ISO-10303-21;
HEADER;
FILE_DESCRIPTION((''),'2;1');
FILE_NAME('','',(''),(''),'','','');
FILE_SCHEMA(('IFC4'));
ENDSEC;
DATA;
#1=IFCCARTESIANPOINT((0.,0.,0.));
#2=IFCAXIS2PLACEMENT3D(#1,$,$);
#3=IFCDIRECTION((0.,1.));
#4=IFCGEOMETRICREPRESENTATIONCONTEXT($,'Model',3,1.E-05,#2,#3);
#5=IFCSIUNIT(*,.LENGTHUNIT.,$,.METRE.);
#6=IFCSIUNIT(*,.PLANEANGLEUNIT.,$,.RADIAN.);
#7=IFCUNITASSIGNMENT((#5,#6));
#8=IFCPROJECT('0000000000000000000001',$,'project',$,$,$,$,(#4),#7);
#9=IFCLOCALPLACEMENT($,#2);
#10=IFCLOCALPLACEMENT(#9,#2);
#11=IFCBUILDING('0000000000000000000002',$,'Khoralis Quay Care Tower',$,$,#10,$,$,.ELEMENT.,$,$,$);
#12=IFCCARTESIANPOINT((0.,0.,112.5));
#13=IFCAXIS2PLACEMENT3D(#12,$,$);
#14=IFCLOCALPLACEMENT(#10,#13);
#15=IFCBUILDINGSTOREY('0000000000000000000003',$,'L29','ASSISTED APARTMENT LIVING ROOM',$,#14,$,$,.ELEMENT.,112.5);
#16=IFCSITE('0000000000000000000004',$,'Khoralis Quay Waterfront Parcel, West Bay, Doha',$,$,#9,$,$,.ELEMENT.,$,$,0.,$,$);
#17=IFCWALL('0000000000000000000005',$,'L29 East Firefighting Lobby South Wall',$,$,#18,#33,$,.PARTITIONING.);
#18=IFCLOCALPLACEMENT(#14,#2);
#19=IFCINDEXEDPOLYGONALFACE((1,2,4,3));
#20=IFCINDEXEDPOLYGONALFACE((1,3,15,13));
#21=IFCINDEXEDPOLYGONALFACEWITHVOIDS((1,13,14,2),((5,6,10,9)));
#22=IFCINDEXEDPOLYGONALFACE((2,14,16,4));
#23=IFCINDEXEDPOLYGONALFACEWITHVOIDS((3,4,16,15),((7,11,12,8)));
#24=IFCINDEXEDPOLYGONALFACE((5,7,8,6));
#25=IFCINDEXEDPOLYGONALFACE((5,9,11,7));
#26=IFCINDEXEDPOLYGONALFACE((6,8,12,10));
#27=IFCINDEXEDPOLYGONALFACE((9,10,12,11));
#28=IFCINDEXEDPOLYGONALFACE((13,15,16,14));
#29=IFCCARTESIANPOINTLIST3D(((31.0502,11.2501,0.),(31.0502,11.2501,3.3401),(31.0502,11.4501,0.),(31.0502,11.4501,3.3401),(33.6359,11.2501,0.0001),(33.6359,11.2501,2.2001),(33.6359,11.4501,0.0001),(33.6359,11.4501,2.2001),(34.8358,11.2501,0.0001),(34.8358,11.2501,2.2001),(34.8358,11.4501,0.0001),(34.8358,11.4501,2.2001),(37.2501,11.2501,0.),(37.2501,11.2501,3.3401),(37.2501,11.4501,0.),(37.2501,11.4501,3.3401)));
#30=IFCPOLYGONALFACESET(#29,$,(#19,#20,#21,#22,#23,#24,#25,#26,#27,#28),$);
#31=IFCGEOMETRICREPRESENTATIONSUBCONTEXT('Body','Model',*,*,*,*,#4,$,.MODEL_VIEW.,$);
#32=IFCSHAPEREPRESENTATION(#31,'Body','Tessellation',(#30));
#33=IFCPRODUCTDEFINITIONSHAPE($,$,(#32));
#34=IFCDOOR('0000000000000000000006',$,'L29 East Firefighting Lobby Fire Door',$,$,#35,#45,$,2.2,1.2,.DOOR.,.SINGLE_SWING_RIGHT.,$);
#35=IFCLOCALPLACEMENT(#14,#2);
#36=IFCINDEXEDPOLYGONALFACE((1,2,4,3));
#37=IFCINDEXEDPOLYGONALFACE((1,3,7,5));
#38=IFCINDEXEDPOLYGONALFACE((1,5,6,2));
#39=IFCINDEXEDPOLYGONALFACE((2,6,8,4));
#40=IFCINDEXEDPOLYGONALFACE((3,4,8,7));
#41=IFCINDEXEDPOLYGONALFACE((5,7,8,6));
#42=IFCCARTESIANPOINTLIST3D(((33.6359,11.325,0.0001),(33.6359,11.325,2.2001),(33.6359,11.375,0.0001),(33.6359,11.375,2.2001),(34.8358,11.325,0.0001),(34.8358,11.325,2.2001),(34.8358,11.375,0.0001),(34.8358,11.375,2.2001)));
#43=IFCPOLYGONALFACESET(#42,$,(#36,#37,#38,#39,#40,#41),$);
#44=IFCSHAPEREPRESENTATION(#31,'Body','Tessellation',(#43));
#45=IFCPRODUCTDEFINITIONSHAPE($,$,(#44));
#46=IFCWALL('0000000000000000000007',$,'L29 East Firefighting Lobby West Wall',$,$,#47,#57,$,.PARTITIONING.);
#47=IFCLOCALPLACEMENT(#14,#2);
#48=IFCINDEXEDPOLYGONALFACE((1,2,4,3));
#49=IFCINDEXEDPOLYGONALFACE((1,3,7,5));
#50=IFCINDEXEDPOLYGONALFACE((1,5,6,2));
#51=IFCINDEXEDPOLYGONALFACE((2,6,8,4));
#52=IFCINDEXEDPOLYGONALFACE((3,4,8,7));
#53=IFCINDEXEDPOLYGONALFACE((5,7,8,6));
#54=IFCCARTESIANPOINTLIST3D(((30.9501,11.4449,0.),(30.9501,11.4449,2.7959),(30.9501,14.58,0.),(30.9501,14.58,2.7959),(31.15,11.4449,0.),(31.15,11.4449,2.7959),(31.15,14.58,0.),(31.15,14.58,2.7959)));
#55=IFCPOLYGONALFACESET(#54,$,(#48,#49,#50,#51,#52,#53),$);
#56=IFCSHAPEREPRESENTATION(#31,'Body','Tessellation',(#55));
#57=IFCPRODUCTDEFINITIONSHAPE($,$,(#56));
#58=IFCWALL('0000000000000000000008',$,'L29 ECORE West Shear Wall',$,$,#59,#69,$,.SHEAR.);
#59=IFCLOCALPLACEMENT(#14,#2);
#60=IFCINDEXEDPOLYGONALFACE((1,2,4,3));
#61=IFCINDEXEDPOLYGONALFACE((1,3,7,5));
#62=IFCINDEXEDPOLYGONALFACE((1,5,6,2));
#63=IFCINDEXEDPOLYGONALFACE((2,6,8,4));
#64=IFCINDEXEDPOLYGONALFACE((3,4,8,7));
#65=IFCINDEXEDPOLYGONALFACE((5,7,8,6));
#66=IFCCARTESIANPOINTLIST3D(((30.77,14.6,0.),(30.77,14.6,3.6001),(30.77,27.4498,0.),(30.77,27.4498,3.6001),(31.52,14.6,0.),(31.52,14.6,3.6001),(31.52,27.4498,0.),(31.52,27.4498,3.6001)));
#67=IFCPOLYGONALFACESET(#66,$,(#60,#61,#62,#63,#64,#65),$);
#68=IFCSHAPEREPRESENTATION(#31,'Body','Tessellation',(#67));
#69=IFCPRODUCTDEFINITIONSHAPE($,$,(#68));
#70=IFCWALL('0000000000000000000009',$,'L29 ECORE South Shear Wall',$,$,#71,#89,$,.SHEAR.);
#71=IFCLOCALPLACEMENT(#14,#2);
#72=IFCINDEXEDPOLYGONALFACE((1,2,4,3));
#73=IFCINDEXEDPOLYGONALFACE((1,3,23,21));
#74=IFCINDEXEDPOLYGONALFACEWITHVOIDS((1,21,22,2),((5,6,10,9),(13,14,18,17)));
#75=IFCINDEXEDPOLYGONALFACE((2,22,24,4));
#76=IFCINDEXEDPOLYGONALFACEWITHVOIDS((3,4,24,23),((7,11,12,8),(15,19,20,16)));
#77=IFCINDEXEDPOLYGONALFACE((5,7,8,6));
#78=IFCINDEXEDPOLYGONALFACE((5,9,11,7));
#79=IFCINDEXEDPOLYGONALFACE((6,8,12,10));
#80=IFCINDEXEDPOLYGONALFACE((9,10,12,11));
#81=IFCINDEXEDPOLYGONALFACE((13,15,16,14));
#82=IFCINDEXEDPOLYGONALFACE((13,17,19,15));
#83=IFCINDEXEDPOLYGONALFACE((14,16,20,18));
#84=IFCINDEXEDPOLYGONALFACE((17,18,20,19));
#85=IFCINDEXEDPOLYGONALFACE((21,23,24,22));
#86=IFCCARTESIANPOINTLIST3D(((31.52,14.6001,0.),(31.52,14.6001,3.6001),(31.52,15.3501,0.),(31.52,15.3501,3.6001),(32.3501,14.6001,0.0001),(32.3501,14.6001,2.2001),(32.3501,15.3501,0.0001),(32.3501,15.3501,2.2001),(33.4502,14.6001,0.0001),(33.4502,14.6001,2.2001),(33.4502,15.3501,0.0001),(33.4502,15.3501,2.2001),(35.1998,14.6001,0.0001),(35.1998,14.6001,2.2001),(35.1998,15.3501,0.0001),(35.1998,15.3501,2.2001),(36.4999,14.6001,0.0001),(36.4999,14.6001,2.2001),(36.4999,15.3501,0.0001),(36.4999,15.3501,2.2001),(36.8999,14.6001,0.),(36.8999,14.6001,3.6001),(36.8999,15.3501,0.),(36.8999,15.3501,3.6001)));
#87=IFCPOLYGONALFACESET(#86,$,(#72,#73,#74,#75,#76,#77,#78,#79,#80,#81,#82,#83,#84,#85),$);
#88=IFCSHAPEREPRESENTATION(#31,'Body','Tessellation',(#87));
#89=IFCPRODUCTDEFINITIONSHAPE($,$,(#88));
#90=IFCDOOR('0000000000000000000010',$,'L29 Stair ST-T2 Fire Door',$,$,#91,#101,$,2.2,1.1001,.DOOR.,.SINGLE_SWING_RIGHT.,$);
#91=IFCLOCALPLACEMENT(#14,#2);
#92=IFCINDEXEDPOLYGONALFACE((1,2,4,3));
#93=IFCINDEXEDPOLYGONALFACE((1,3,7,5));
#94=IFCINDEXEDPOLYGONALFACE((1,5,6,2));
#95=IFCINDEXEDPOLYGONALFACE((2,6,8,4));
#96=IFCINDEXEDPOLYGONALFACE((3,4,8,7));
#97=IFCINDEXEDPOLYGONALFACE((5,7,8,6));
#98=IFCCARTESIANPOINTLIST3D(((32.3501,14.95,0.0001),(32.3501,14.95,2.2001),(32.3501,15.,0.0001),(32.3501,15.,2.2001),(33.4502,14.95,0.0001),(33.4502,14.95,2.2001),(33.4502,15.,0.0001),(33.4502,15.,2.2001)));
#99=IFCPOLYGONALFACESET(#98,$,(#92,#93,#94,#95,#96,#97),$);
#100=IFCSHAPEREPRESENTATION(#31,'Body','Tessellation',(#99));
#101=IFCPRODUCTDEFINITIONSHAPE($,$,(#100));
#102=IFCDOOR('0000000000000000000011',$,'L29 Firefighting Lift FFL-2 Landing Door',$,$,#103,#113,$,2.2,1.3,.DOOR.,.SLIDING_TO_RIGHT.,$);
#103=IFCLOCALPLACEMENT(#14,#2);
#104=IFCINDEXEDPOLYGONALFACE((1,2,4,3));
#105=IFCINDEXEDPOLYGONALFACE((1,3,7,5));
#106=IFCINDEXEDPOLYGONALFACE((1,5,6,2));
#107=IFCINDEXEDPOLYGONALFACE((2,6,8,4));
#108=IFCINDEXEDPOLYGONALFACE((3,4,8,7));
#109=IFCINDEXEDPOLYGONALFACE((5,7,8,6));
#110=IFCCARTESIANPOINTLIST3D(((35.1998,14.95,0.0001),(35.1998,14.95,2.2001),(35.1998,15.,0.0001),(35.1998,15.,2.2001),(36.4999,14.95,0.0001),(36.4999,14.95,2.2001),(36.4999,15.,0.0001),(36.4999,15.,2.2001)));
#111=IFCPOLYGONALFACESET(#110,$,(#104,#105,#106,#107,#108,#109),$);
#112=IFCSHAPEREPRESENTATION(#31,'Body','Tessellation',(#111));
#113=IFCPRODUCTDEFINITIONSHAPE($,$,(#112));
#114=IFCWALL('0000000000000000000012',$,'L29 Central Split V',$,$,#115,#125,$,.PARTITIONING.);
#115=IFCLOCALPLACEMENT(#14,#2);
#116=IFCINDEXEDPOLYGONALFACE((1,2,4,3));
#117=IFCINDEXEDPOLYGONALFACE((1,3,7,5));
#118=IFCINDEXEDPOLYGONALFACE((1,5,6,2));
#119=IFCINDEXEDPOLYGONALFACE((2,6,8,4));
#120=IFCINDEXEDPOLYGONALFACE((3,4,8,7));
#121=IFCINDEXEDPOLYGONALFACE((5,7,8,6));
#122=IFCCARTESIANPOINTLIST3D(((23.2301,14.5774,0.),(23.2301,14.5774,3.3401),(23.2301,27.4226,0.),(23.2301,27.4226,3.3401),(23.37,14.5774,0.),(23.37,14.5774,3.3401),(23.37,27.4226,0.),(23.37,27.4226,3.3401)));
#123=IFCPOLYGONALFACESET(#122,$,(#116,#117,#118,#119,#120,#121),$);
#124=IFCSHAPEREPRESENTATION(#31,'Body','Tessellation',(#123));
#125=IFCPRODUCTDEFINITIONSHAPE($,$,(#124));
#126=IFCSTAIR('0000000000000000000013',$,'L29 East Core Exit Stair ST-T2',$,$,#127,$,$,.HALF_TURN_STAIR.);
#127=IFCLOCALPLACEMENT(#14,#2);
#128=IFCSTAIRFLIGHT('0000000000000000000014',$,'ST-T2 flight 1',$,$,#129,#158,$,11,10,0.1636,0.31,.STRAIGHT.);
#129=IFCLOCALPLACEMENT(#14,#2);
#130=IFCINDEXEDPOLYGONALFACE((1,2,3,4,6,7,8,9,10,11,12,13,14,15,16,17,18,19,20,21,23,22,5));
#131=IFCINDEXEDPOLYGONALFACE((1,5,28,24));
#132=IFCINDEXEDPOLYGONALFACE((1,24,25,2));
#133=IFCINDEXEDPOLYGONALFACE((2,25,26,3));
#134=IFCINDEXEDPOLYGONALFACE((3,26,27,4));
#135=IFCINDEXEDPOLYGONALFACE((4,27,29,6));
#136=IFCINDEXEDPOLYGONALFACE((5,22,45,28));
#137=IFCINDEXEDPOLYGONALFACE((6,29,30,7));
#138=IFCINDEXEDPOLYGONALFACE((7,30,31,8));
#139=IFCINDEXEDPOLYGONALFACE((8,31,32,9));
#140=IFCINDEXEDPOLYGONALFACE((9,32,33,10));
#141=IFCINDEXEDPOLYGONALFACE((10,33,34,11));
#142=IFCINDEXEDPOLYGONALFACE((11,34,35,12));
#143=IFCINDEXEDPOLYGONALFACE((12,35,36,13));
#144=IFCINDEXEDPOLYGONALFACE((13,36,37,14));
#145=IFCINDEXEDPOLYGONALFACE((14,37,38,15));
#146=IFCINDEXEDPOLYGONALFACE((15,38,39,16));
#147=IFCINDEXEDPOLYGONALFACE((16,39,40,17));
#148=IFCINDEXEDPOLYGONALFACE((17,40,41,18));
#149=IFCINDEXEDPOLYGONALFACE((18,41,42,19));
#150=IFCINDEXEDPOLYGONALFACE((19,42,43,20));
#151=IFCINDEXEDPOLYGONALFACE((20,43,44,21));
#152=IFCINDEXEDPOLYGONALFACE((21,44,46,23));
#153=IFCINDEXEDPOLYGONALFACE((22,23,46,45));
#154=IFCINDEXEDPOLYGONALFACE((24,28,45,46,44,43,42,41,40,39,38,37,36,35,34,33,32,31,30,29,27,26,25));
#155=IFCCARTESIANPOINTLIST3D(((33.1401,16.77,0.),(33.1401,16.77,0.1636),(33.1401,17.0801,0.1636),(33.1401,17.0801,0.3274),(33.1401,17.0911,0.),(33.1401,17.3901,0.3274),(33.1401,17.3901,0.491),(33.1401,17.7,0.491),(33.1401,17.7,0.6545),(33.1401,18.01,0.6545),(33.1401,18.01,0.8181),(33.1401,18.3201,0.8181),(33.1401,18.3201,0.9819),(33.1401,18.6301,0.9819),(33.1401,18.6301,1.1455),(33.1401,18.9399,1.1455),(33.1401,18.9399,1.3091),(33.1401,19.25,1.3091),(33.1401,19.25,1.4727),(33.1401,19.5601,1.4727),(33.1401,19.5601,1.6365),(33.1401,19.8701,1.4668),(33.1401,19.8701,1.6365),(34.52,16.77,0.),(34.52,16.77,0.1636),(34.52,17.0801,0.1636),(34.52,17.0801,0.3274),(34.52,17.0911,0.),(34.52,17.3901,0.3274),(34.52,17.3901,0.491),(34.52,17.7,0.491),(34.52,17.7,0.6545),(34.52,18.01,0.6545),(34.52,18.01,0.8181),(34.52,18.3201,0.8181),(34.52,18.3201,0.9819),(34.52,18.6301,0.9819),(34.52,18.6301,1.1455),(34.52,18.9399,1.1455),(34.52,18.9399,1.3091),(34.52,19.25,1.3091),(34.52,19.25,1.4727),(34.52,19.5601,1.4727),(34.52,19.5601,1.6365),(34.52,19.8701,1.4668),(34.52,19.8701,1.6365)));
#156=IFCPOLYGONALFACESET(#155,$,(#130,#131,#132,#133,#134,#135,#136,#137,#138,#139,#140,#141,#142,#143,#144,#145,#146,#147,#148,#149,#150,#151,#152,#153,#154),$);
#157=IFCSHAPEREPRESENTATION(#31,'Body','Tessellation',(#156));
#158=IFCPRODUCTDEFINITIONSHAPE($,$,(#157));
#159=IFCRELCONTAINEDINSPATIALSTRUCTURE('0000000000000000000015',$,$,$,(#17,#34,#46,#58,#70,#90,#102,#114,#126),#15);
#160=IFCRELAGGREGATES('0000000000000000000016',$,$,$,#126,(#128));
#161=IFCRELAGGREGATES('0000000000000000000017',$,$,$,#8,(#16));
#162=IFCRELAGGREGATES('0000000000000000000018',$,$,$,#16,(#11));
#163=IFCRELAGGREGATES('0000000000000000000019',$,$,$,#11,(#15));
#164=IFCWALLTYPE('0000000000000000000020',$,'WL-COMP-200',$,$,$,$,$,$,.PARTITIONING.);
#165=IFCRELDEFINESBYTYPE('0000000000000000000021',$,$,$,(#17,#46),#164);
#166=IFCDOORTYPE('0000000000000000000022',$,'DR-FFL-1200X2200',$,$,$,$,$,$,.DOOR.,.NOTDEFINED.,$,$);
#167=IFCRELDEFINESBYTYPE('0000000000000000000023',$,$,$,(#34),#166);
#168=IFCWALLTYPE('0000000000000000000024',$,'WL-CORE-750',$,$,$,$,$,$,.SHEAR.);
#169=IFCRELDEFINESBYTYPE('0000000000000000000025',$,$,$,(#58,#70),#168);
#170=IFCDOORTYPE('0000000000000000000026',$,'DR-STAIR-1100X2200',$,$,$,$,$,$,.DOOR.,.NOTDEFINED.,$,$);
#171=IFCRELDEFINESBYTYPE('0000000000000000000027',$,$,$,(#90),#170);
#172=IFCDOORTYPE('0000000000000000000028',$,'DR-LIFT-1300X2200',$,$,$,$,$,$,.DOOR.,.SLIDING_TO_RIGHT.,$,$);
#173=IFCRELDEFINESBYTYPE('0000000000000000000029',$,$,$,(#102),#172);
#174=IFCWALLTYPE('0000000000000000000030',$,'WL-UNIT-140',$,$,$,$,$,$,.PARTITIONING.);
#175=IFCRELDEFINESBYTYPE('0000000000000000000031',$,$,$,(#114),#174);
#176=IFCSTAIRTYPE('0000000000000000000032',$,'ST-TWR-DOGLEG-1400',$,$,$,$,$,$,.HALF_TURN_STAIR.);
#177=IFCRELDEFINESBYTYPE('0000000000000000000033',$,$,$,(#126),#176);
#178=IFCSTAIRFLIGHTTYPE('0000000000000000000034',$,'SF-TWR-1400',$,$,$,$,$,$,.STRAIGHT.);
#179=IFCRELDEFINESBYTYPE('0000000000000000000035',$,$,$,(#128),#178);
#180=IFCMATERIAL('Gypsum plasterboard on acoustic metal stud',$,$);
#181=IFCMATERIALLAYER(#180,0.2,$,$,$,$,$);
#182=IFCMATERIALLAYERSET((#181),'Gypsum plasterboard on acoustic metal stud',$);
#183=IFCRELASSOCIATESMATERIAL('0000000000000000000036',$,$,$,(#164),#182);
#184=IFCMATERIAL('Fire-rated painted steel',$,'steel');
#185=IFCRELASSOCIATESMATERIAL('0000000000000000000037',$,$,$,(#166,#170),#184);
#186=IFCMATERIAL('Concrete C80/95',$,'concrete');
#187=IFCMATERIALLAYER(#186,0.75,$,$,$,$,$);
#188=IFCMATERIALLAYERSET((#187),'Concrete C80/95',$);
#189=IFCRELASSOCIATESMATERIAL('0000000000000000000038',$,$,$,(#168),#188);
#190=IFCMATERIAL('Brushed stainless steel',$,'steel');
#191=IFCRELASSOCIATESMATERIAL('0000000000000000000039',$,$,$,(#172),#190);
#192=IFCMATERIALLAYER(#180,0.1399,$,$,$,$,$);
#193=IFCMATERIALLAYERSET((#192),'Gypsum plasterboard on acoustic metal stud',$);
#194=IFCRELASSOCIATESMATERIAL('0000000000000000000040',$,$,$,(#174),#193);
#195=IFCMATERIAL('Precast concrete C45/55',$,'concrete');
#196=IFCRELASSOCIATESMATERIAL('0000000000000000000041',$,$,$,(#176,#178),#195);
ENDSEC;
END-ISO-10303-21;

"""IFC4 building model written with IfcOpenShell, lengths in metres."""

from ifc_helpers import new_model, si_unit, direction, frame, frame_2d, origin, place, context, subcontext, project, spatial, polyline, rectangle, outline, extrude, source, transform, mapped, material, layer, layer_set, type_object, element, fill, aggregate, save


model = new_model("IFC4")

# Units and contexts
model_context = context("Model", 3, precision=1e-05, world=origin(), true_north=direction((0.0, 1.0)))
body_context = subcontext(model_context, "Body", "Model", "MODEL_VIEW")
ifc_project = project(units=[si_unit("LENGTHUNIT", "METRE"), si_unit("PLANEANGLEUNIT", "RADIAN")], contexts=[model_context])

# Site, building, storey
site_placement = place(None, origin())
site = spatial("IfcSite", under=ifc_project, at=site_placement, Name="Khoralis Quay Waterfront Parcel, West Bay, Doha", CompositionType="ELEMENT", RefElevation=0.0)
building_placement = place(site_placement, origin())
building = spatial("IfcBuilding", under=site, at=building_placement, Name="Khoralis Quay Care Tower", CompositionType="ELEMENT")
storey_placement = place(building_placement, frame((0.0, 0.0, 112.5)))
storey = spatial("IfcBuildingStorey", under=building, at=storey_placement, Name="L29", Description="ASSISTED APARTMENT LIVING ROOM", CompositionType="ELEMENT", Elevation=112.5)

# Wall, opening, door
ifc_material_1 = material(Name="Gypsum plasterboard on acoustic metal stud")
ifc_layer_1 = layer(ifc_material_1, 0.2)
ifc_layer_set_1 = layer_set([ifc_layer_1], Name="Gypsum plasterboard on acoustic metal stud")
wall_type_1 = type_object("IfcWallType", Name="WL-COMP-200", PredefinedType="PARTITIONING", material=ifc_layer_set_1)
wall_1_placement = place(storey_placement, frame((31.05, 11.3501, 0.0), z_axis=(0.0, 0.0, 1.0), x_axis=(1.0, 0.0, 0.0)))
wall_1 = element("IfcWall", 1, at=wall_1_placement, inside=storey, type_object=wall_type_1, Name="L29 East Firefighting Lobby South Wall", PredefinedType="PARTITIONING", context=body_context, shape_type="SweptSolid", body=[
    extrude(rectangle(XDim=6.2, YDim=0.2, at=frame_2d((3.1001, 0.0))), origin(), (0.0, 0.0, 1.0), 3.3401),
])
opening_1_placement = place(wall_1_placement, frame((2.5857, 0.0, 0.0)))
opening_1 = element("IfcOpeningElement", 2, at=opening_1_placement, cuts=wall_1, PredefinedType="OPENING", context=body_context, shape_type="SweptSolid", body=[
    extrude(rectangle(XDim=1.2, YDim=2.2, at=frame_2d((0.6001, 1.1001))), frame((0.0, 0.1099, 0.0), z_axis=(0.0, -1.0, 0.0), x_axis=(1.0, 0.0, 0.0)), (0.0, 0.0, 1.0), 0.22),
])
ifc_material_2 = material(Name="Fire-rated painted steel", Category="steel")
door_type_1 = type_object("IfcDoorType", Name="DR-FFL-1200X2200", OperationType="NOTDEFINED", PredefinedType="DOOR", material=ifc_material_2)
shared_shape_1 = source(origin(), body_context, "Body", "SweptSolid", [
    extrude(rectangle(XDim=1.2, YDim=2.2, at=frame_2d((0.6001, 1.1001))), frame((0.0, 0.0249, 0.0), z_axis=(0.0, -1.0, 0.0), x_axis=(1.0, 0.0, 0.0)), (0.0, 0.0, 1.0), 0.05),
])
door_1_placement = place(opening_1_placement, origin())
door_1 = element("IfcDoor", 3, at=door_1_placement, inside=storey, type_object=door_type_1, Name="L29 East Firefighting Lobby Fire Door", OperationType="SINGLE_SWING_RIGHT", OverallHeight=2.2, OverallWidth=1.2, PredefinedType="DOOR", context=body_context, shape_type="MappedRepresentation", body=[
    mapped(shared_shape_1, transform((0.0, 0.0, 0.0), scale=1.0)),
])
fill(opening_1, door_1)

# Walls
wall_2_placement = place(storey_placement, frame((31.05, 11.4451, 0.0), z_axis=(0.0, 0.0, 1.0), x_axis=(0.0, 1.0, 0.0)))
element("IfcWall", 4, at=wall_2_placement, inside=storey, type_object=wall_type_1, Name="L29 East Firefighting Lobby West Wall", PredefinedType="PARTITIONING", context=body_context, shape_type="SweptSolid", body=[
    extrude(rectangle(XDim=3.135, YDim=0.2, at=frame_2d((1.5674, 0.0))), origin(), (0.0, 0.0, 1.0), 2.7959),
])
ifc_material_3 = material(Name="Concrete C80/95", Category="concrete")
ifc_layer_2 = layer(ifc_material_3, 0.75)
ifc_layer_set_2 = layer_set([ifc_layer_2], Name="Concrete C80/95")
wall_type_2 = type_object("IfcWallType", Name="WL-CORE-750", PredefinedType="SHEAR", material=ifc_layer_set_2)
wall_3_placement = place(storey_placement, frame((31.145, 14.6001, 0.0), z_axis=(0.0, 0.0, 1.0), x_axis=(0.0, 1.0, 0.0)))
element("IfcWall", 5, at=wall_3_placement, inside=storey, type_object=wall_type_2, Name="L29 ECORE West Shear Wall", PredefinedType="SHEAR", context=body_context, shape_type="SweptSolid", body=[
    extrude(rectangle(XDim=12.8499, YDim=0.75, at=frame_2d((6.4248, 0.0))), origin(), (0.0, 0.0, 1.0), 3.6001),
])

# Wall, openings, doors
wall_4_placement = place(storey_placement, frame((31.52, 14.9751, 0.0), z_axis=(0.0, 0.0, 1.0), x_axis=(1.0, 0.0, 0.0)))
wall_4 = element("IfcWall", 6, at=wall_4_placement, inside=storey, type_object=wall_type_2, Name="L29 ECORE South Shear Wall", PredefinedType="SHEAR", context=body_context, shape_type="SweptSolid", body=[
    extrude(rectangle(XDim=5.3799, YDim=0.75, at=frame_2d((2.6899, 0.0))), origin(), (0.0, 0.0, 1.0), 3.6001),
])
opening_2_placement = place(wall_4_placement, frame((0.8301, 0.0, 0.0)))
opening_2 = element("IfcOpeningElement", 7, at=opening_2_placement, cuts=wall_4, PredefinedType="OPENING", context=body_context, shape_type="SweptSolid", body=[
    extrude(rectangle(XDim=1.1001, YDim=2.2, at=frame_2d((0.55, 1.1001))), frame((0.0, 0.385, 0.0), z_axis=(0.0, -1.0, 0.0), x_axis=(1.0, 0.0, 0.0)), (0.0, 0.0, 1.0), 0.77),
])
opening_3_placement = place(wall_4_placement, frame((3.6799, 0.0, 0.0)))
opening_3 = element("IfcOpeningElement", 8, at=opening_3_placement, cuts=wall_4, PredefinedType="OPENING", context=body_context, shape_type="SweptSolid", body=[
    extrude(rectangle(XDim=1.3, YDim=2.2, at=frame_2d((0.6499, 1.1001))), frame((0.0, 0.385, 0.0), z_axis=(0.0, -1.0, 0.0), x_axis=(1.0, 0.0, 0.0)), (0.0, 0.0, 1.0), 0.77),
])
door_type_2 = type_object("IfcDoorType", Name="DR-STAIR-1100X2200", OperationType="NOTDEFINED", PredefinedType="DOOR", material=ifc_material_2)
shared_shape_2 = source(origin(), body_context, "Body", "SweptSolid", [
    extrude(rectangle(XDim=1.1001, YDim=2.2, at=frame_2d((0.55, 1.1001))), frame((0.0, 0.0249, 0.0), z_axis=(0.0, -1.0, 0.0), x_axis=(1.0, 0.0, 0.0)), (0.0, 0.0, 1.0), 0.05),
])
door_2_placement = place(opening_2_placement, origin())
door_2 = element("IfcDoor", 9, at=door_2_placement, inside=storey, type_object=door_type_2, Name="L29 Stair ST-T2 Fire Door", OperationType="SINGLE_SWING_RIGHT", OverallHeight=2.2, OverallWidth=1.1001, PredefinedType="DOOR", context=body_context, shape_type="MappedRepresentation", body=[
    mapped(shared_shape_2, transform((0.0, 0.0, 0.0), scale=1.0)),
])
fill(opening_2, door_2)
ifc_material_4 = material(Name="Brushed stainless steel", Category="steel")
door_type_3 = type_object("IfcDoorType", Name="DR-LIFT-1300X2200", OperationType="SLIDING_TO_RIGHT", PredefinedType="DOOR", material=ifc_material_4)
shared_shape_3 = source(origin(), body_context, "Body", "SweptSolid", [
    extrude(rectangle(XDim=1.3, YDim=2.2, at=frame_2d((0.6499, 1.1001))), frame((0.0, 0.0249, 0.0), z_axis=(0.0, -1.0, 0.0), x_axis=(1.0, 0.0, 0.0)), (0.0, 0.0, 1.0), 0.05),
])
door_3_placement = place(opening_3_placement, origin())
door_3 = element("IfcDoor", 10, at=door_3_placement, inside=storey, type_object=door_type_3, Name="L29 Firefighting Lift FFL-2 Landing Door", OperationType="SLIDING_TO_RIGHT", OverallHeight=2.2, OverallWidth=1.3, PredefinedType="DOOR", context=body_context, shape_type="MappedRepresentation", body=[
    mapped(shared_shape_3, transform((0.0, 0.0, 0.0), scale=1.0)),
])
fill(opening_3, door_3)

# Wall
ifc_layer_3 = layer(ifc_material_1, 0.1399)
ifc_layer_set_3 = layer_set([ifc_layer_3], Name="Gypsum plasterboard on acoustic metal stud")
wall_type_3 = type_object("IfcWallType", Name="WL-UNIT-140", PredefinedType="PARTITIONING", material=ifc_layer_set_3)
wall_5_placement = place(storey_placement, frame((23.3, 14.5774, 0.0), z_axis=(0.0, 0.0, 1.0), x_axis=(0.0, 1.0, 0.0)))
element("IfcWall", 11, at=wall_5_placement, inside=storey, type_object=wall_type_3, Name="L29 Central Split V", PredefinedType="PARTITIONING", context=body_context, shape_type="SweptSolid", body=[
    extrude(rectangle(XDim=12.8452, YDim=0.1399, at=frame_2d((6.4226, 0.0))), origin(), (0.0, 0.0, 1.0), 3.3401),
])

# Stair, stair flight
ifc_material_5 = material(Name="Precast concrete C45/55", Category="concrete")
stair_type = type_object("IfcStairType", Name="ST-TWR-DOGLEG-1400", PredefinedType="HALF_TURN_STAIR", material=ifc_material_5)
stair_placement = place(storey_placement, origin())
stair = element("IfcStair", 12, at=stair_placement, inside=storey, type_object=stair_type, Name="L29 East Core Exit Stair ST-T2", PredefinedType="HALF_TURN_STAIR")
stair_flight_type = type_object("IfcStairFlightType", Name="SF-TWR-1400", PredefinedType="STRAIGHT", material=ifc_material_5)
shared_shape_4 = source(origin(), body_context, "Body", "SweptSolid", [
    extrude(outline(polyline([(0.0, 0.0), (0.0, 0.1636), (0.3101, 0.1636), (0.3101, 0.3274), (0.6201, 0.3274), (0.6201, 0.491), (0.9299, 0.491), (0.9299, 0.6545), (1.24, 0.6545), (1.24, 0.8181), (1.55, 0.8181), (1.55, 0.9819), (1.8601, 0.9819), (1.8601, 1.1455), (2.1699, 1.1455), (2.1699, 1.3091), (2.48, 1.3091), (2.48, 1.4727), (2.79, 1.4727), (2.79, 1.6365), (3.1001, 1.6365), (3.1001, 1.8), (3.1001, 1.4668), (0.321, 0.0), (0.0, 0.0)])), frame((0.0, 0.6899, 0.0), z_axis=(0.0, -1.0, 0.0), x_axis=(1.0, 0.0, 0.0)), (0.0, 0.0, 1.0), 1.3799),
])
stair_flight_1_placement = place(storey_placement, frame((33.8301, 16.77, 0.0), z_axis=(0.0, 0.0, 1.0), x_axis=(0.0, 1.0, 0.0)))
stair_flight_1 = element("IfcStairFlight", 13, at=stair_flight_1_placement, type_object=stair_flight_type, Name="ST-T2 flight 1", NumberOfRisers=11, NumberOfTreads=10, PredefinedType="STRAIGHT", RiserHeight=0.1636, TreadLength=0.31, context=body_context, shape_type="MappedRepresentation", body=[
    mapped(shared_shape_4, transform((0.0, 0.0, 0.0), scale=1.0)),
])
aggregate(stair, [stair_flight_1])

save(model, "model.ifc")
